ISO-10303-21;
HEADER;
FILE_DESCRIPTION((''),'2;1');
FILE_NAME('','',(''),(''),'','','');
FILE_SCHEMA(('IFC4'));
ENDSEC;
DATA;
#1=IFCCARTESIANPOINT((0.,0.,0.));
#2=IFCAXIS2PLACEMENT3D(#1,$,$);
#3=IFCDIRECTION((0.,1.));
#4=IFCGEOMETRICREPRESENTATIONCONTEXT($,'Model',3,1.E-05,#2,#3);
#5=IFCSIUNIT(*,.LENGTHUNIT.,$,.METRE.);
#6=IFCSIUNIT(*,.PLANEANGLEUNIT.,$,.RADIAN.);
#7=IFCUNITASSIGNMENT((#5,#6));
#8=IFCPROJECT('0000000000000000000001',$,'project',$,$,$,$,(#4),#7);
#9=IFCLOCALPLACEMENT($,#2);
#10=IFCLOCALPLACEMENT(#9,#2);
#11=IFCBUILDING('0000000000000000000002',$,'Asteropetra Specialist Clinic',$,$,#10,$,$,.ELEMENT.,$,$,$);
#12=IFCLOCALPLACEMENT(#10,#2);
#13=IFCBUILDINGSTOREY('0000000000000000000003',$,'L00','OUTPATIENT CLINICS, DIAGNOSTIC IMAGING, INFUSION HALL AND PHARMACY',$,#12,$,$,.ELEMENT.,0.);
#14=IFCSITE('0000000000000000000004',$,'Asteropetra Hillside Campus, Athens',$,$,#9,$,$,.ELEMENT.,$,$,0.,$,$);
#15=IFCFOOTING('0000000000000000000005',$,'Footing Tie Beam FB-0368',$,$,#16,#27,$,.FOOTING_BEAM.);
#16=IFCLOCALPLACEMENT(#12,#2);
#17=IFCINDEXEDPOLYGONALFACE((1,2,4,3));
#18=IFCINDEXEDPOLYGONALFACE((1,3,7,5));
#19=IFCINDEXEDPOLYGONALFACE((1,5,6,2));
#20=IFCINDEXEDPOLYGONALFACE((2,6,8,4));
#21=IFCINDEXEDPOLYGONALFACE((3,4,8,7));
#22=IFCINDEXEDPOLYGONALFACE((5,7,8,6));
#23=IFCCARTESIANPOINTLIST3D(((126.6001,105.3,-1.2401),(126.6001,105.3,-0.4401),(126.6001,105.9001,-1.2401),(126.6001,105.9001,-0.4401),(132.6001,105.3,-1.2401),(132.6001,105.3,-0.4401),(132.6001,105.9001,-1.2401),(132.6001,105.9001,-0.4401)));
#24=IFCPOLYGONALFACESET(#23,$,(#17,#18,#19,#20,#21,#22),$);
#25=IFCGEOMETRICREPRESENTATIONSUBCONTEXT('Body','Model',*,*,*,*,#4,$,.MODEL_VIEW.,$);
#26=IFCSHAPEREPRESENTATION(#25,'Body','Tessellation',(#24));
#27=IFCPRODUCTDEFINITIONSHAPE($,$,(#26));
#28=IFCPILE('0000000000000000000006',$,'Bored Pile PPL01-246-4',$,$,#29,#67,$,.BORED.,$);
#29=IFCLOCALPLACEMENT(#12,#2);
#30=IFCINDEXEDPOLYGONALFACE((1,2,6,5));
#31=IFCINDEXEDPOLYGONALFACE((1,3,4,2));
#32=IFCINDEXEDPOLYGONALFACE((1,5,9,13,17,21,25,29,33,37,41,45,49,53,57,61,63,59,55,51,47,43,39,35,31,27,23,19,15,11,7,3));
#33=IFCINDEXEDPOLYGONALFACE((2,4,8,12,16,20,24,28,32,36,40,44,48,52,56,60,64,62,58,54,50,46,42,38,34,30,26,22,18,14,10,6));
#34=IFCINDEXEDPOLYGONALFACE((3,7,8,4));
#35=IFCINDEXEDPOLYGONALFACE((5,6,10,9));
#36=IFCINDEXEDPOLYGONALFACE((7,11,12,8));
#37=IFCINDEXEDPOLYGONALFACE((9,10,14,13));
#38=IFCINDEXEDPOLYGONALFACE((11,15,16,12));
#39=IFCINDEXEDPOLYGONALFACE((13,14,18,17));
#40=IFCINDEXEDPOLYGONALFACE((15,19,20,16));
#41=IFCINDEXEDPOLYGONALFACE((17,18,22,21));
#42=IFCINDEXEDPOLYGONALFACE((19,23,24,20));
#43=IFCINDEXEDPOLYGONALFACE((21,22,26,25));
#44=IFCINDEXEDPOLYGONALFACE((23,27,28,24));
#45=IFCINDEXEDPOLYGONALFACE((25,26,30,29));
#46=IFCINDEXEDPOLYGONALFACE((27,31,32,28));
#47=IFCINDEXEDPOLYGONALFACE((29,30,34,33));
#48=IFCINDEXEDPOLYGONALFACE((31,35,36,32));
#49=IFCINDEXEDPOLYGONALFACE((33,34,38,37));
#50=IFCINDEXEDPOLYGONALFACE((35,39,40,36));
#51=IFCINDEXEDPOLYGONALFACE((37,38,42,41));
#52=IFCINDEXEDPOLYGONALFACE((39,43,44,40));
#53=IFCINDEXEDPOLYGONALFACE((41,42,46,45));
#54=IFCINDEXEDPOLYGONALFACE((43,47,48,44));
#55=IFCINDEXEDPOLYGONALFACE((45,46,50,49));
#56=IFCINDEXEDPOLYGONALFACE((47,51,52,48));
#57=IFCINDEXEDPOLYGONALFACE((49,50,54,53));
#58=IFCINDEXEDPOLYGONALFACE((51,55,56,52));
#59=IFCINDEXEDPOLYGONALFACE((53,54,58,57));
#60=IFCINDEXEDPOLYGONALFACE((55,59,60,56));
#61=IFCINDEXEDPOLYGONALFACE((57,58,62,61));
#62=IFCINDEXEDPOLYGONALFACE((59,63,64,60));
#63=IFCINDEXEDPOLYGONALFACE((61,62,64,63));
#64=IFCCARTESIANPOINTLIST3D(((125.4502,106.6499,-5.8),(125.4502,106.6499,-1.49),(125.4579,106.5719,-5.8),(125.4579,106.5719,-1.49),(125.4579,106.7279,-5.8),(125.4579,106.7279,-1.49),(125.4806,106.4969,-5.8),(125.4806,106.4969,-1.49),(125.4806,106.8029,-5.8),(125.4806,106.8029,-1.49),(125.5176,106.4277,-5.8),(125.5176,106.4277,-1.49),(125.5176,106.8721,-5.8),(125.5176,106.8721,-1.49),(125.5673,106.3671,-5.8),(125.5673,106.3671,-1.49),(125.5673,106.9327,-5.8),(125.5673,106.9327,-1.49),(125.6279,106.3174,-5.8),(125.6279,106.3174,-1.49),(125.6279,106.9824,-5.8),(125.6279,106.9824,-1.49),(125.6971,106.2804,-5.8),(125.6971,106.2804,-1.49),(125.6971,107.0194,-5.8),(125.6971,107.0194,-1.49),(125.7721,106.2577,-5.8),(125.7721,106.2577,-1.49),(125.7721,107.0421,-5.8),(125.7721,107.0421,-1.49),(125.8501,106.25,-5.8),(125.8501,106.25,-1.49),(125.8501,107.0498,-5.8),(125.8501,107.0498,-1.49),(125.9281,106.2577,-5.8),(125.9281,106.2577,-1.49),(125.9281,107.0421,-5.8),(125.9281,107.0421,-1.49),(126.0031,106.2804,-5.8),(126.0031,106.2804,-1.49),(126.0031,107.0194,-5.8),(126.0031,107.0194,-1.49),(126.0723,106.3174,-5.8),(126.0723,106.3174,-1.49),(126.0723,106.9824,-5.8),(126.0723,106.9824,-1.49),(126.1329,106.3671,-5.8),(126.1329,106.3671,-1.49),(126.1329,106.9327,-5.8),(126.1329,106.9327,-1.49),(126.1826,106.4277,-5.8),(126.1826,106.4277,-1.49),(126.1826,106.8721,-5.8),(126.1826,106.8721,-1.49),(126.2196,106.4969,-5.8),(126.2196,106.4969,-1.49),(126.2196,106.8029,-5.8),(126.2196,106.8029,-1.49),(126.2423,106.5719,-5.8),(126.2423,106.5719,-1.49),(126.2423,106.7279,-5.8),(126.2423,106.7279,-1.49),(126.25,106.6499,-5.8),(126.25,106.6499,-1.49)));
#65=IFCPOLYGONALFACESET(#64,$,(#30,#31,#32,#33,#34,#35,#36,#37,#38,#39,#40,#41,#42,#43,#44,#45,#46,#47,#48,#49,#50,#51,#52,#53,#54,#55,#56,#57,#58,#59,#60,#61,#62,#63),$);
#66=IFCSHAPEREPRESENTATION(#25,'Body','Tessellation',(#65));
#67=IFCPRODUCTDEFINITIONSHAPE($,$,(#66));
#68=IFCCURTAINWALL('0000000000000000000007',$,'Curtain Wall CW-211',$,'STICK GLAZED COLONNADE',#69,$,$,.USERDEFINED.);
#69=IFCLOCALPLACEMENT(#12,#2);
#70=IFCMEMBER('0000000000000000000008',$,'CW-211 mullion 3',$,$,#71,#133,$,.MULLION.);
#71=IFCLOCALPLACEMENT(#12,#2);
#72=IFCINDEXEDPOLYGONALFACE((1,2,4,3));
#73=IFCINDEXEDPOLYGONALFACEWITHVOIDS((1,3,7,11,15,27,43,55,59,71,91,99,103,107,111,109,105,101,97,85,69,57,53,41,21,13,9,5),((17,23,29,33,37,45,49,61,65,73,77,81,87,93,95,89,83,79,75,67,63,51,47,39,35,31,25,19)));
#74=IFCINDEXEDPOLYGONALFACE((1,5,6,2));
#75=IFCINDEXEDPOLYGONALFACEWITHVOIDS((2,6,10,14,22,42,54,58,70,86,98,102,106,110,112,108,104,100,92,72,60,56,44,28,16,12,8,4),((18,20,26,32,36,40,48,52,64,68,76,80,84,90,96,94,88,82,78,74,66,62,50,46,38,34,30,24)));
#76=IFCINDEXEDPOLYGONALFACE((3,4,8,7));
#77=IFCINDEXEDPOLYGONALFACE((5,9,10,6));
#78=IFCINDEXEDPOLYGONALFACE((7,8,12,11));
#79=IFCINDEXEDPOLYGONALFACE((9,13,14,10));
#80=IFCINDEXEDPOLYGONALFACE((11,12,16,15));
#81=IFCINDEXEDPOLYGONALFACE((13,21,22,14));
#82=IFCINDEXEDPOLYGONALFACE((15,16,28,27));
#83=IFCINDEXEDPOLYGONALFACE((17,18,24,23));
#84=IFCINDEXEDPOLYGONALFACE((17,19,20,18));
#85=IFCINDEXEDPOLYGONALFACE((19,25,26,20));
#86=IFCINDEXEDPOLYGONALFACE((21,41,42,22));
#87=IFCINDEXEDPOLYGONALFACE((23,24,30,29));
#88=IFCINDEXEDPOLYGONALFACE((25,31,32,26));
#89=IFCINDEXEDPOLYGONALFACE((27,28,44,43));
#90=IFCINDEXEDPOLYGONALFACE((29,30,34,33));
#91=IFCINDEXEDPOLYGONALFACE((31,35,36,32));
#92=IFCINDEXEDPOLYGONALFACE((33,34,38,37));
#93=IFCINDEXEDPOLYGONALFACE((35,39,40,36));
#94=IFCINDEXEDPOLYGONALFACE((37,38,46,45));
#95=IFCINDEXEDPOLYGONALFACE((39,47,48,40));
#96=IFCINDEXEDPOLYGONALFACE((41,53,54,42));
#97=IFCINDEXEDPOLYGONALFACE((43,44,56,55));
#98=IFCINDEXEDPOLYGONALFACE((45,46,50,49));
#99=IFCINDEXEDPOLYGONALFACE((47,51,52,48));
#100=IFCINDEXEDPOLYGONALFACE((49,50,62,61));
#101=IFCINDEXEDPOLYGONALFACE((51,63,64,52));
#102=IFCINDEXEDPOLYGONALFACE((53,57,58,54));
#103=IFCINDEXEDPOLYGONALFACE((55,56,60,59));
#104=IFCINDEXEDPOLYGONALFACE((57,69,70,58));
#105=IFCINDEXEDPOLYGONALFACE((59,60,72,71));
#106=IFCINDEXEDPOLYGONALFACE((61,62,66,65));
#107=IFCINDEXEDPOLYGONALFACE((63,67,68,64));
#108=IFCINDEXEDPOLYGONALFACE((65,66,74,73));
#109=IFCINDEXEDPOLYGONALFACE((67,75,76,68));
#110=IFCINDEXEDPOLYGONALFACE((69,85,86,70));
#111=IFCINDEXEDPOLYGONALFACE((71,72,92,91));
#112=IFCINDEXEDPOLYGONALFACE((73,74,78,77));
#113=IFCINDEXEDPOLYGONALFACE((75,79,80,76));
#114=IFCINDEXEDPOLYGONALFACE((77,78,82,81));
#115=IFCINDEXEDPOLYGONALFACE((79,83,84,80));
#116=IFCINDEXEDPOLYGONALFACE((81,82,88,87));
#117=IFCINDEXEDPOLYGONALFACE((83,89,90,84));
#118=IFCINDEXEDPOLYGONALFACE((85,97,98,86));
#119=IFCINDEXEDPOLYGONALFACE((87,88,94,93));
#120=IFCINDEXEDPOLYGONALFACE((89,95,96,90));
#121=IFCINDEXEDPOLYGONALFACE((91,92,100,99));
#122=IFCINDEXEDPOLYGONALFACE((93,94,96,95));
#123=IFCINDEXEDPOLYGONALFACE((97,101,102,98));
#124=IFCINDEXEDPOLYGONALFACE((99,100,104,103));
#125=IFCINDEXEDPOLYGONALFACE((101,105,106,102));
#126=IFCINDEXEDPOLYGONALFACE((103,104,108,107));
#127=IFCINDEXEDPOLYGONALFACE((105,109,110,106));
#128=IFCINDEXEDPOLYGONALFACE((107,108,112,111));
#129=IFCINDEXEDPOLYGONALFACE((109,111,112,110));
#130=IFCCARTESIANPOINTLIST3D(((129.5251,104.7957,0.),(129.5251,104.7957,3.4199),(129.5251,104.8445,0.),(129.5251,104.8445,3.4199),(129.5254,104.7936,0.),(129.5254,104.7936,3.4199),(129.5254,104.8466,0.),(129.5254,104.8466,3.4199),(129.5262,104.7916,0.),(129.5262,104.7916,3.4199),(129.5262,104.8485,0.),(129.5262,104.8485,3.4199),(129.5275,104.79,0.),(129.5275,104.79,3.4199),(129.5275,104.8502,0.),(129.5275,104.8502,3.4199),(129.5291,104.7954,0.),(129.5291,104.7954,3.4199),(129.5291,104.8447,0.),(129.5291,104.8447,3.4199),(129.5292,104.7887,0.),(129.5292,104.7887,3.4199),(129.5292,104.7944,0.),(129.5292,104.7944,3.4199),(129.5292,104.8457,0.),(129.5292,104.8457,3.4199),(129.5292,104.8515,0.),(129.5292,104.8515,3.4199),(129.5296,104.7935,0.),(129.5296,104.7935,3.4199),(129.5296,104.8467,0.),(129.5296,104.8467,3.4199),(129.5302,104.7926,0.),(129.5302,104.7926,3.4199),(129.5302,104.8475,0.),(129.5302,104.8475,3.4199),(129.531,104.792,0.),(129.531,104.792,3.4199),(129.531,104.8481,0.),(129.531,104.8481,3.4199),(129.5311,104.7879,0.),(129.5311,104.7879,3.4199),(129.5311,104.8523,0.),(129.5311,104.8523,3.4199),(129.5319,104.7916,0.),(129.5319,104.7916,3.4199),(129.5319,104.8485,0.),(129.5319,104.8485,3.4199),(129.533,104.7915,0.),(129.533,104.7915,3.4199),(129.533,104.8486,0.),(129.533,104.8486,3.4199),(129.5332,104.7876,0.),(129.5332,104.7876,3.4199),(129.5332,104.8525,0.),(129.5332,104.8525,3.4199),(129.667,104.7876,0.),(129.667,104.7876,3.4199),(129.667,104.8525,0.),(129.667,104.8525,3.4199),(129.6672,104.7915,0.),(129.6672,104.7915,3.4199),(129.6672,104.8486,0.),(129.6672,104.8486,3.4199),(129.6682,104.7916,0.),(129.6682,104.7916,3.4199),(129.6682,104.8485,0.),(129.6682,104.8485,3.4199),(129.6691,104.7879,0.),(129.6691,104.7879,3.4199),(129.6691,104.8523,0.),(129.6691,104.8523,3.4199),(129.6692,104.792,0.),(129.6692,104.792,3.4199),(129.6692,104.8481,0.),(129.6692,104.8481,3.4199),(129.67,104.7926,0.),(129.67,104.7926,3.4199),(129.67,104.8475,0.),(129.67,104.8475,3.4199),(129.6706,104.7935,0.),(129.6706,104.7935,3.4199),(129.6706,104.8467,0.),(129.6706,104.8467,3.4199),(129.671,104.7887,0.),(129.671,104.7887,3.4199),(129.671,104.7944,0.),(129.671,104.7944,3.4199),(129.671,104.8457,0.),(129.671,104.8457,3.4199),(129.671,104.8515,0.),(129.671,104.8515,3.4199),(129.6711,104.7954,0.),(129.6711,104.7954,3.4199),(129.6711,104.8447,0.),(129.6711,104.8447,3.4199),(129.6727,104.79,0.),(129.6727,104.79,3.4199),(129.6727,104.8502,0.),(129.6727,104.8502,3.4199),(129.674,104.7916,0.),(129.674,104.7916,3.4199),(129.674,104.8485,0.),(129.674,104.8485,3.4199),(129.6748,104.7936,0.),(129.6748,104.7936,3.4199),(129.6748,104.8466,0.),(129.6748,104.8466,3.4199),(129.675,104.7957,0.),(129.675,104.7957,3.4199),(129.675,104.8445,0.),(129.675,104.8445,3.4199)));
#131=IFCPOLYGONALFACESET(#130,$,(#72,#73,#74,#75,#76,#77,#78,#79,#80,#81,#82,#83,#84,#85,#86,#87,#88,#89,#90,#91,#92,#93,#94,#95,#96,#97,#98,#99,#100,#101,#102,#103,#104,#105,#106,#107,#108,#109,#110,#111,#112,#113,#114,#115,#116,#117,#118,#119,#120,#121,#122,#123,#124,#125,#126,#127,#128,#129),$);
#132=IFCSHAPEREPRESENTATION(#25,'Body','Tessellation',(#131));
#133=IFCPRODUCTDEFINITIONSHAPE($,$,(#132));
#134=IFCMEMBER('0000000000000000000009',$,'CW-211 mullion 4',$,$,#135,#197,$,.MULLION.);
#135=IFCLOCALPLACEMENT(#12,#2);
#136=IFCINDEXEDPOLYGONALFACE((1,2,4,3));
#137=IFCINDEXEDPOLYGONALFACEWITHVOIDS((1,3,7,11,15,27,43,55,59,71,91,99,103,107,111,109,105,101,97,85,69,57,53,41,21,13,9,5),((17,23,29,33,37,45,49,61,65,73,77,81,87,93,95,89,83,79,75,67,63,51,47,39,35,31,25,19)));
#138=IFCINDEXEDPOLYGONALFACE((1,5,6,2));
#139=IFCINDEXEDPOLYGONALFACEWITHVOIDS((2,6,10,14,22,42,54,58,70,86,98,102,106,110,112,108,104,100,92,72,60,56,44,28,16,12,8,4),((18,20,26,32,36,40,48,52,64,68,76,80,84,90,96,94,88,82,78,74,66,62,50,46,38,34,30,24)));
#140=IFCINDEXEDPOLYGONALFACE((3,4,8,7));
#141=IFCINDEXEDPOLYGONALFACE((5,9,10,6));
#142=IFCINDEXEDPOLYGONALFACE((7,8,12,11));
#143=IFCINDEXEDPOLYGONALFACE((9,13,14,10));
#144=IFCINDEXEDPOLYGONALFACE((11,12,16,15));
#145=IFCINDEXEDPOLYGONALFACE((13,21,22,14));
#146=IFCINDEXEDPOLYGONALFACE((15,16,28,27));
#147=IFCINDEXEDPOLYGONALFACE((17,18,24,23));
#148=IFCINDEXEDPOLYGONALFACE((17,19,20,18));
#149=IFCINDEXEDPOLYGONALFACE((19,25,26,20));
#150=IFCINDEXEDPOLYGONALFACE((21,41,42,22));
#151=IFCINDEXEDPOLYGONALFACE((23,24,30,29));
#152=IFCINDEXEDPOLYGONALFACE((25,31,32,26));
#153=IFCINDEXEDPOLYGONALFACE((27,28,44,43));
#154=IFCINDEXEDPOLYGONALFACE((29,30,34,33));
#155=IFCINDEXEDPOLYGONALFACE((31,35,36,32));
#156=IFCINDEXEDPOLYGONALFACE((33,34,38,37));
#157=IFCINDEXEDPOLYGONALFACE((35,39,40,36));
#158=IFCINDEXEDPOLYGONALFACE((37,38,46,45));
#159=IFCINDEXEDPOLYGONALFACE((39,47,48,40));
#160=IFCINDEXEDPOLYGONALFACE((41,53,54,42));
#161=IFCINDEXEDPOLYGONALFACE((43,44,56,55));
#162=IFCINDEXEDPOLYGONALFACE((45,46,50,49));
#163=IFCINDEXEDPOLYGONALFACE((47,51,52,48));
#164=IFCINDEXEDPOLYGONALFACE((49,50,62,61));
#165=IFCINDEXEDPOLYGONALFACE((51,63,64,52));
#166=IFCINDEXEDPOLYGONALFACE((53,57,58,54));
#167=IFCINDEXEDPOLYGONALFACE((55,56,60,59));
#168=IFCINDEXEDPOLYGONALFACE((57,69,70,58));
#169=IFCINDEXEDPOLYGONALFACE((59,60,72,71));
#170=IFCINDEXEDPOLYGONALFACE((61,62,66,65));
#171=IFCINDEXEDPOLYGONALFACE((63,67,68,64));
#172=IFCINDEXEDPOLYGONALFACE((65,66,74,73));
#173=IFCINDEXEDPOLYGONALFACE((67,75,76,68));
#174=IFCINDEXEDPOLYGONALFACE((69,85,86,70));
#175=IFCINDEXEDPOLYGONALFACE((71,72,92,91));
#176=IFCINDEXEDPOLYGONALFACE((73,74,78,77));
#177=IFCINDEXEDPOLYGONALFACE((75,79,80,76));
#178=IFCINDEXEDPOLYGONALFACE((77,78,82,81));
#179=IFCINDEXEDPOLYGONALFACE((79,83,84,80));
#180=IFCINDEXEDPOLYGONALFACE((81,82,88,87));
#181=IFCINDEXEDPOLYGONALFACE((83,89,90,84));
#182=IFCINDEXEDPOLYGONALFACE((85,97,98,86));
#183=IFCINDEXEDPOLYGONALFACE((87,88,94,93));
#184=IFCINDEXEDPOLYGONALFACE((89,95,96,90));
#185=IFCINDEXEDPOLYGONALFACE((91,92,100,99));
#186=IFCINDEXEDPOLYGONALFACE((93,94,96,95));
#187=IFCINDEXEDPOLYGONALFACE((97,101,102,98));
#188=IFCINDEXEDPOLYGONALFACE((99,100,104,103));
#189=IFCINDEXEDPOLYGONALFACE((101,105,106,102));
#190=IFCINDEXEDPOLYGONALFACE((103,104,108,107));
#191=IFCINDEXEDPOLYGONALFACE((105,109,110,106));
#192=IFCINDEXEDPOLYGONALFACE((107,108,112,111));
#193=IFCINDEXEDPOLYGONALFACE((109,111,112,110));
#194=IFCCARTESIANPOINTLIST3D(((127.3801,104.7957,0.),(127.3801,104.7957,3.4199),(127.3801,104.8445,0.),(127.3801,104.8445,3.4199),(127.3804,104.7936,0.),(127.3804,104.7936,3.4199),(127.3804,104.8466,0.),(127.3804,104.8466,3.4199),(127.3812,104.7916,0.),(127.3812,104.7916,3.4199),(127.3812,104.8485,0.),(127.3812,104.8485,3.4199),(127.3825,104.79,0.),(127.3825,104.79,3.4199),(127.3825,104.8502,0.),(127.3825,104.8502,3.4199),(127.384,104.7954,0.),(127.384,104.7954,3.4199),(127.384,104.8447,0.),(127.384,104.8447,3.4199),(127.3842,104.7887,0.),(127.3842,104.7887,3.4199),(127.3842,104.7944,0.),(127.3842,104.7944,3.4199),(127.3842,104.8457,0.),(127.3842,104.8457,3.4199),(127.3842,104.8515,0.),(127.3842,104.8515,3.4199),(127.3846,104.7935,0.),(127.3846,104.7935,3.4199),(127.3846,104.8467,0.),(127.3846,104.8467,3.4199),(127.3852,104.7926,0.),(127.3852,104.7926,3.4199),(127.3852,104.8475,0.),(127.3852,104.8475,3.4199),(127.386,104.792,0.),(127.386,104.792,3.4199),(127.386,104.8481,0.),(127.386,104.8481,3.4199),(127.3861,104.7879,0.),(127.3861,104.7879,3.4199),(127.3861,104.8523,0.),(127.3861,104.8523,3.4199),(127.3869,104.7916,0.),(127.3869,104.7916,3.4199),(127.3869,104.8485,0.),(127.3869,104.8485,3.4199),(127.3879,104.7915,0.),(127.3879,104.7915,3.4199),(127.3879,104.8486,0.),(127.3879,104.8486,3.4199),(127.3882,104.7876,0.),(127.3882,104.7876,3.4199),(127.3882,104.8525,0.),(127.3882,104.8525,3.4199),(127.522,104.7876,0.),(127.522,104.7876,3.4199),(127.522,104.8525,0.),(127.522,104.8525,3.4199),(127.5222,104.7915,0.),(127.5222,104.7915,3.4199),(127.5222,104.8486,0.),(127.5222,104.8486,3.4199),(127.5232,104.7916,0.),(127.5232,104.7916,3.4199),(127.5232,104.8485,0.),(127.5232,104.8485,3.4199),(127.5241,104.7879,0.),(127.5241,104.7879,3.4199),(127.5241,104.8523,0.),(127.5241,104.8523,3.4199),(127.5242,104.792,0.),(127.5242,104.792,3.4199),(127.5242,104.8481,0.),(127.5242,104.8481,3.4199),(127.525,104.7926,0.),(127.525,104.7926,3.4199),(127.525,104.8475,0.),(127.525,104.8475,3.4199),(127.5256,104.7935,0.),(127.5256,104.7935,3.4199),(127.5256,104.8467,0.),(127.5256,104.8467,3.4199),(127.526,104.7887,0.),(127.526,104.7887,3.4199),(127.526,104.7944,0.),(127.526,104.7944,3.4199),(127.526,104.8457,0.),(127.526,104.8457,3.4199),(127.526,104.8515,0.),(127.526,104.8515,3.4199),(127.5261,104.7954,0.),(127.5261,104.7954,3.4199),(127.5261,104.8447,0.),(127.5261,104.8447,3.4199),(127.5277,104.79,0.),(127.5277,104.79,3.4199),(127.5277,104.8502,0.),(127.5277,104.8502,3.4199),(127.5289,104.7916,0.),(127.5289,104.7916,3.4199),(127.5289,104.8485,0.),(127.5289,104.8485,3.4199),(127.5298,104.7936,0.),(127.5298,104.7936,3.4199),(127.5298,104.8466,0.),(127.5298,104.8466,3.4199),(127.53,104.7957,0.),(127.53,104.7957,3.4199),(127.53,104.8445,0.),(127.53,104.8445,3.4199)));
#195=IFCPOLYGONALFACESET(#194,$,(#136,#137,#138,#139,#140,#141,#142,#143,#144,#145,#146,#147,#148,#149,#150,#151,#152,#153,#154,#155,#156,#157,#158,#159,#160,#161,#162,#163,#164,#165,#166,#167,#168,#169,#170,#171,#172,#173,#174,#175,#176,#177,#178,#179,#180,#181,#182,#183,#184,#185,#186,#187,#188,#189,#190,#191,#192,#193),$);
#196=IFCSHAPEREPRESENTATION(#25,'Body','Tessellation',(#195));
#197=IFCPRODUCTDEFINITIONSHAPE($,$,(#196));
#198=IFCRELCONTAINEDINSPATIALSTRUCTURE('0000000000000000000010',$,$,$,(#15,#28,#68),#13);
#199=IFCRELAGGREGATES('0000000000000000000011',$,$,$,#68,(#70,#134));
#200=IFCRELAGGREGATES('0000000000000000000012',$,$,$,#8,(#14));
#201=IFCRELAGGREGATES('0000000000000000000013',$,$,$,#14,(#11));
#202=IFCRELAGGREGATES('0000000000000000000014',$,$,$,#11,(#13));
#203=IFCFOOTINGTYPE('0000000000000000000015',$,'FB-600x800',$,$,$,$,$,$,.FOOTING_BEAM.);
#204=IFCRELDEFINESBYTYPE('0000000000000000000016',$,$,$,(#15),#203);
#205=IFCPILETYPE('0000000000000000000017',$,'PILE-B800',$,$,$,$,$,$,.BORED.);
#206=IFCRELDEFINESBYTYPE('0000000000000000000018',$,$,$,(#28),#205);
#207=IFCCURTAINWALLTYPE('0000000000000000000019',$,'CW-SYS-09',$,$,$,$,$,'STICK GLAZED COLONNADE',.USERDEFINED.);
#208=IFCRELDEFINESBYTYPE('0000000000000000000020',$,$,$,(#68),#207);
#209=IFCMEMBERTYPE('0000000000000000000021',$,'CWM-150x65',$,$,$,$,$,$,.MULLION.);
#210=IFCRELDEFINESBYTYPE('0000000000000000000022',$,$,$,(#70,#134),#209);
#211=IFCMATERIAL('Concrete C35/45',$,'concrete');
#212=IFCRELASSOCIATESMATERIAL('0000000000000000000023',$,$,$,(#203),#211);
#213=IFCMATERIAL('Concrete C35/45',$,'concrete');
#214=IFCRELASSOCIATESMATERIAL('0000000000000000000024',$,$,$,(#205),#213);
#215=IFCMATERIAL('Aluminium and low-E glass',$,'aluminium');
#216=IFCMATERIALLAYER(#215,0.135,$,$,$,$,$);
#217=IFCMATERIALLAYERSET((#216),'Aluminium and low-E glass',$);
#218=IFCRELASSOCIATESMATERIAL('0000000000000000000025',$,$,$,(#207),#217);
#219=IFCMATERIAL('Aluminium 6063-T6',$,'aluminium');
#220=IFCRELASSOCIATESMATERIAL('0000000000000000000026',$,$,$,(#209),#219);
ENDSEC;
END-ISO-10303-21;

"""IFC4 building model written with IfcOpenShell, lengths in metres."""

from ifc_helpers import new_model, si_unit, direction, frame, origin, origin_2d, place, context, subcontext, project, spatial, rectangle, hollow_rectangle, circle, extrude, material, layer, layer_set, material_profile, profile_set, type_object, element, aggregate, save


model = new_model("IFC4")

# Units and contexts
model_context = context("Model", 3, precision=1e-05, world=origin(), true_north=direction((0.0, 1.0)))
body_context = subcontext(model_context, "Body", "Model", "MODEL_VIEW")
ifc_project = project(units=[si_unit("LENGTHUNIT", "METRE"), si_unit("PLANEANGLEUNIT", "RADIAN")], contexts=[model_context])

# Site, building, storey
site_placement = place(None, origin())
site = spatial("IfcSite", under=ifc_project, at=site_placement, Name="Asteropetra Hillside Campus, Athens", CompositionType="ELEMENT", RefElevation=0.0)
building_placement = place(site_placement, origin())
building = spatial("IfcBuilding", under=site, at=building_placement, Name="Asteropetra Specialist Clinic", CompositionType="ELEMENT")
storey_placement = place(building_placement, origin())
storey = spatial("IfcBuildingStorey", under=building, at=storey_placement, Name="L00", Description="OUTPATIENT CLINICS, DIAGNOSTIC IMAGING, INFUSION HALL AND PHARMACY", CompositionType="ELEMENT", Elevation=0.0)

# Footing
ifc_material_1 = material(Name="Concrete C35/45", Category="concrete")
ifc_material_profile_1 = material_profile(ifc_material_1, rectangle(XDim=0.6001, YDim=0.8, at=origin_2d()), Name="FB 600x800")
ifc_profile_set_1 = profile_set([ifc_material_profile_1], Name="Concrete C35/45")
footing_type = type_object("IfcFootingType", Name="FB-600x800", PredefinedType="FOOTING_BEAM", material=ifc_profile_set_1)
footing_placement = place(storey_placement, frame((126.6001, 105.6001, -0.8401), z_axis=(1.0, 0.0, 0.0), x_axis=(0.0, 1.0, 0.0)))
element("IfcFooting", 1, at=footing_placement, inside=storey, type_object=footing_type, Name="Footing Tie Beam FB-0368", PredefinedType="FOOTING_BEAM", context=body_context, shape_type="SweptSolid", body=[
    extrude(rectangle(XDim=0.6001, YDim=0.8, at=origin_2d()), origin(), (0.0, 0.0, 1.0), 6.0),
])

# Pile
ifc_material_2 = material(Name="Concrete C35/45", Category="concrete")
ifc_material_profile_2 = material_profile(ifc_material_2, circle(Radius=0.3999, at=origin_2d()), Name="PILE D800")
ifc_profile_set_2 = profile_set([ifc_material_profile_2], Name="Concrete C35/45")
pile_type = type_object("IfcPileType", Name="PILE-B800", PredefinedType="BORED", material=ifc_profile_set_2)
pile_placement = place(storey_placement, frame((125.8501, 106.6499, -1.49), z_axis=(0.0, 0.0, -1.0), x_axis=(1.0, 0.0, 0.0)))
element("IfcPile", 2, at=pile_placement, inside=storey, type_object=pile_type, Name="Bored Pile PPL01-246-4", PredefinedType="BORED", context=body_context, shape_type="SweptSolid", body=[
    extrude(circle(Radius=0.3999, at=origin_2d()), origin(), (0.0, 0.0, 1.0), 4.3101),
])

# Curtain wall, members
ifc_material_3 = material(Name="Aluminium and low-E glass", Category="aluminium")
ifc_layer_1 = layer(ifc_material_3, 0.135)
ifc_layer_set_1 = layer_set([ifc_layer_1], Name="Aluminium and low-E glass")
curtain_wall_type = type_object("IfcCurtainWallType", Name="CW-SYS-09", ElementType="STICK GLAZED COLONNADE", PredefinedType="USERDEFINED", material=ifc_layer_set_1)
curtain_wall_placement = place(storey_placement, origin())
curtain_wall = element("IfcCurtainWall", 3, at=curtain_wall_placement, inside=storey, type_object=curtain_wall_type, Name="Curtain Wall CW-211", ObjectType="STICK GLAZED COLONNADE", PredefinedType="USERDEFINED")
ifc_material_4 = material(Name="Aluminium 6063-T6", Category="aluminium")
ifc_material_profile_3 = material_profile(ifc_material_4, hollow_rectangle(XDim=0.0649, YDim=0.1499, WallThickness=0.0039, InnerFilletRadius=0.0039, OuterFilletRadius=0.0081, at=origin_2d()), Name="MUL 150x65x4.0")
ifc_profile_set_3 = profile_set([ifc_material_profile_3], Name="Aluminium 6063-T6")
member_type_1 = type_object("IfcMemberType", Name="CWM-150x65", PredefinedType="MULLION", material=ifc_profile_set_3)
member_1_placement = place(storey_placement, frame((129.6001, 104.8201, 0.0), z_axis=(0.0, 0.0, 1.0), x_axis=(0.0, -1.0, 0.0)))
member_1 = element("IfcMember", 4, at=member_1_placement, type_object=member_type_1, Name="CW-211 mullion 3", PredefinedType="MULLION", context=body_context, shape_type="SweptSolid", body=[
    extrude(hollow_rectangle(XDim=0.0649, YDim=0.1499, WallThickness=0.0039, InnerFilletRadius=0.0039, OuterFilletRadius=0.0081, at=origin_2d()), origin(), (0.0, 0.0, 1.0), 3.4199),
])
member_2_placement = place(storey_placement, frame((127.4551, 104.8201, 0.0), z_axis=(0.0, 0.0, 1.0), x_axis=(0.0, -1.0, 0.0)))
member_2 = element("IfcMember", 5, at=member_2_placement, type_object=member_type_1, Name="CW-211 mullion 4", PredefinedType="MULLION", context=body_context, shape_type="SweptSolid", body=[
    extrude(hollow_rectangle(XDim=0.0649, YDim=0.1499, WallThickness=0.0039, InnerFilletRadius=0.0039, OuterFilletRadius=0.0081, at=origin_2d()), origin(), (0.0, 0.0, 1.0), 3.4199),
])
aggregate(curtain_wall, [member_1, member_2])

save(model, "model.ifc")
